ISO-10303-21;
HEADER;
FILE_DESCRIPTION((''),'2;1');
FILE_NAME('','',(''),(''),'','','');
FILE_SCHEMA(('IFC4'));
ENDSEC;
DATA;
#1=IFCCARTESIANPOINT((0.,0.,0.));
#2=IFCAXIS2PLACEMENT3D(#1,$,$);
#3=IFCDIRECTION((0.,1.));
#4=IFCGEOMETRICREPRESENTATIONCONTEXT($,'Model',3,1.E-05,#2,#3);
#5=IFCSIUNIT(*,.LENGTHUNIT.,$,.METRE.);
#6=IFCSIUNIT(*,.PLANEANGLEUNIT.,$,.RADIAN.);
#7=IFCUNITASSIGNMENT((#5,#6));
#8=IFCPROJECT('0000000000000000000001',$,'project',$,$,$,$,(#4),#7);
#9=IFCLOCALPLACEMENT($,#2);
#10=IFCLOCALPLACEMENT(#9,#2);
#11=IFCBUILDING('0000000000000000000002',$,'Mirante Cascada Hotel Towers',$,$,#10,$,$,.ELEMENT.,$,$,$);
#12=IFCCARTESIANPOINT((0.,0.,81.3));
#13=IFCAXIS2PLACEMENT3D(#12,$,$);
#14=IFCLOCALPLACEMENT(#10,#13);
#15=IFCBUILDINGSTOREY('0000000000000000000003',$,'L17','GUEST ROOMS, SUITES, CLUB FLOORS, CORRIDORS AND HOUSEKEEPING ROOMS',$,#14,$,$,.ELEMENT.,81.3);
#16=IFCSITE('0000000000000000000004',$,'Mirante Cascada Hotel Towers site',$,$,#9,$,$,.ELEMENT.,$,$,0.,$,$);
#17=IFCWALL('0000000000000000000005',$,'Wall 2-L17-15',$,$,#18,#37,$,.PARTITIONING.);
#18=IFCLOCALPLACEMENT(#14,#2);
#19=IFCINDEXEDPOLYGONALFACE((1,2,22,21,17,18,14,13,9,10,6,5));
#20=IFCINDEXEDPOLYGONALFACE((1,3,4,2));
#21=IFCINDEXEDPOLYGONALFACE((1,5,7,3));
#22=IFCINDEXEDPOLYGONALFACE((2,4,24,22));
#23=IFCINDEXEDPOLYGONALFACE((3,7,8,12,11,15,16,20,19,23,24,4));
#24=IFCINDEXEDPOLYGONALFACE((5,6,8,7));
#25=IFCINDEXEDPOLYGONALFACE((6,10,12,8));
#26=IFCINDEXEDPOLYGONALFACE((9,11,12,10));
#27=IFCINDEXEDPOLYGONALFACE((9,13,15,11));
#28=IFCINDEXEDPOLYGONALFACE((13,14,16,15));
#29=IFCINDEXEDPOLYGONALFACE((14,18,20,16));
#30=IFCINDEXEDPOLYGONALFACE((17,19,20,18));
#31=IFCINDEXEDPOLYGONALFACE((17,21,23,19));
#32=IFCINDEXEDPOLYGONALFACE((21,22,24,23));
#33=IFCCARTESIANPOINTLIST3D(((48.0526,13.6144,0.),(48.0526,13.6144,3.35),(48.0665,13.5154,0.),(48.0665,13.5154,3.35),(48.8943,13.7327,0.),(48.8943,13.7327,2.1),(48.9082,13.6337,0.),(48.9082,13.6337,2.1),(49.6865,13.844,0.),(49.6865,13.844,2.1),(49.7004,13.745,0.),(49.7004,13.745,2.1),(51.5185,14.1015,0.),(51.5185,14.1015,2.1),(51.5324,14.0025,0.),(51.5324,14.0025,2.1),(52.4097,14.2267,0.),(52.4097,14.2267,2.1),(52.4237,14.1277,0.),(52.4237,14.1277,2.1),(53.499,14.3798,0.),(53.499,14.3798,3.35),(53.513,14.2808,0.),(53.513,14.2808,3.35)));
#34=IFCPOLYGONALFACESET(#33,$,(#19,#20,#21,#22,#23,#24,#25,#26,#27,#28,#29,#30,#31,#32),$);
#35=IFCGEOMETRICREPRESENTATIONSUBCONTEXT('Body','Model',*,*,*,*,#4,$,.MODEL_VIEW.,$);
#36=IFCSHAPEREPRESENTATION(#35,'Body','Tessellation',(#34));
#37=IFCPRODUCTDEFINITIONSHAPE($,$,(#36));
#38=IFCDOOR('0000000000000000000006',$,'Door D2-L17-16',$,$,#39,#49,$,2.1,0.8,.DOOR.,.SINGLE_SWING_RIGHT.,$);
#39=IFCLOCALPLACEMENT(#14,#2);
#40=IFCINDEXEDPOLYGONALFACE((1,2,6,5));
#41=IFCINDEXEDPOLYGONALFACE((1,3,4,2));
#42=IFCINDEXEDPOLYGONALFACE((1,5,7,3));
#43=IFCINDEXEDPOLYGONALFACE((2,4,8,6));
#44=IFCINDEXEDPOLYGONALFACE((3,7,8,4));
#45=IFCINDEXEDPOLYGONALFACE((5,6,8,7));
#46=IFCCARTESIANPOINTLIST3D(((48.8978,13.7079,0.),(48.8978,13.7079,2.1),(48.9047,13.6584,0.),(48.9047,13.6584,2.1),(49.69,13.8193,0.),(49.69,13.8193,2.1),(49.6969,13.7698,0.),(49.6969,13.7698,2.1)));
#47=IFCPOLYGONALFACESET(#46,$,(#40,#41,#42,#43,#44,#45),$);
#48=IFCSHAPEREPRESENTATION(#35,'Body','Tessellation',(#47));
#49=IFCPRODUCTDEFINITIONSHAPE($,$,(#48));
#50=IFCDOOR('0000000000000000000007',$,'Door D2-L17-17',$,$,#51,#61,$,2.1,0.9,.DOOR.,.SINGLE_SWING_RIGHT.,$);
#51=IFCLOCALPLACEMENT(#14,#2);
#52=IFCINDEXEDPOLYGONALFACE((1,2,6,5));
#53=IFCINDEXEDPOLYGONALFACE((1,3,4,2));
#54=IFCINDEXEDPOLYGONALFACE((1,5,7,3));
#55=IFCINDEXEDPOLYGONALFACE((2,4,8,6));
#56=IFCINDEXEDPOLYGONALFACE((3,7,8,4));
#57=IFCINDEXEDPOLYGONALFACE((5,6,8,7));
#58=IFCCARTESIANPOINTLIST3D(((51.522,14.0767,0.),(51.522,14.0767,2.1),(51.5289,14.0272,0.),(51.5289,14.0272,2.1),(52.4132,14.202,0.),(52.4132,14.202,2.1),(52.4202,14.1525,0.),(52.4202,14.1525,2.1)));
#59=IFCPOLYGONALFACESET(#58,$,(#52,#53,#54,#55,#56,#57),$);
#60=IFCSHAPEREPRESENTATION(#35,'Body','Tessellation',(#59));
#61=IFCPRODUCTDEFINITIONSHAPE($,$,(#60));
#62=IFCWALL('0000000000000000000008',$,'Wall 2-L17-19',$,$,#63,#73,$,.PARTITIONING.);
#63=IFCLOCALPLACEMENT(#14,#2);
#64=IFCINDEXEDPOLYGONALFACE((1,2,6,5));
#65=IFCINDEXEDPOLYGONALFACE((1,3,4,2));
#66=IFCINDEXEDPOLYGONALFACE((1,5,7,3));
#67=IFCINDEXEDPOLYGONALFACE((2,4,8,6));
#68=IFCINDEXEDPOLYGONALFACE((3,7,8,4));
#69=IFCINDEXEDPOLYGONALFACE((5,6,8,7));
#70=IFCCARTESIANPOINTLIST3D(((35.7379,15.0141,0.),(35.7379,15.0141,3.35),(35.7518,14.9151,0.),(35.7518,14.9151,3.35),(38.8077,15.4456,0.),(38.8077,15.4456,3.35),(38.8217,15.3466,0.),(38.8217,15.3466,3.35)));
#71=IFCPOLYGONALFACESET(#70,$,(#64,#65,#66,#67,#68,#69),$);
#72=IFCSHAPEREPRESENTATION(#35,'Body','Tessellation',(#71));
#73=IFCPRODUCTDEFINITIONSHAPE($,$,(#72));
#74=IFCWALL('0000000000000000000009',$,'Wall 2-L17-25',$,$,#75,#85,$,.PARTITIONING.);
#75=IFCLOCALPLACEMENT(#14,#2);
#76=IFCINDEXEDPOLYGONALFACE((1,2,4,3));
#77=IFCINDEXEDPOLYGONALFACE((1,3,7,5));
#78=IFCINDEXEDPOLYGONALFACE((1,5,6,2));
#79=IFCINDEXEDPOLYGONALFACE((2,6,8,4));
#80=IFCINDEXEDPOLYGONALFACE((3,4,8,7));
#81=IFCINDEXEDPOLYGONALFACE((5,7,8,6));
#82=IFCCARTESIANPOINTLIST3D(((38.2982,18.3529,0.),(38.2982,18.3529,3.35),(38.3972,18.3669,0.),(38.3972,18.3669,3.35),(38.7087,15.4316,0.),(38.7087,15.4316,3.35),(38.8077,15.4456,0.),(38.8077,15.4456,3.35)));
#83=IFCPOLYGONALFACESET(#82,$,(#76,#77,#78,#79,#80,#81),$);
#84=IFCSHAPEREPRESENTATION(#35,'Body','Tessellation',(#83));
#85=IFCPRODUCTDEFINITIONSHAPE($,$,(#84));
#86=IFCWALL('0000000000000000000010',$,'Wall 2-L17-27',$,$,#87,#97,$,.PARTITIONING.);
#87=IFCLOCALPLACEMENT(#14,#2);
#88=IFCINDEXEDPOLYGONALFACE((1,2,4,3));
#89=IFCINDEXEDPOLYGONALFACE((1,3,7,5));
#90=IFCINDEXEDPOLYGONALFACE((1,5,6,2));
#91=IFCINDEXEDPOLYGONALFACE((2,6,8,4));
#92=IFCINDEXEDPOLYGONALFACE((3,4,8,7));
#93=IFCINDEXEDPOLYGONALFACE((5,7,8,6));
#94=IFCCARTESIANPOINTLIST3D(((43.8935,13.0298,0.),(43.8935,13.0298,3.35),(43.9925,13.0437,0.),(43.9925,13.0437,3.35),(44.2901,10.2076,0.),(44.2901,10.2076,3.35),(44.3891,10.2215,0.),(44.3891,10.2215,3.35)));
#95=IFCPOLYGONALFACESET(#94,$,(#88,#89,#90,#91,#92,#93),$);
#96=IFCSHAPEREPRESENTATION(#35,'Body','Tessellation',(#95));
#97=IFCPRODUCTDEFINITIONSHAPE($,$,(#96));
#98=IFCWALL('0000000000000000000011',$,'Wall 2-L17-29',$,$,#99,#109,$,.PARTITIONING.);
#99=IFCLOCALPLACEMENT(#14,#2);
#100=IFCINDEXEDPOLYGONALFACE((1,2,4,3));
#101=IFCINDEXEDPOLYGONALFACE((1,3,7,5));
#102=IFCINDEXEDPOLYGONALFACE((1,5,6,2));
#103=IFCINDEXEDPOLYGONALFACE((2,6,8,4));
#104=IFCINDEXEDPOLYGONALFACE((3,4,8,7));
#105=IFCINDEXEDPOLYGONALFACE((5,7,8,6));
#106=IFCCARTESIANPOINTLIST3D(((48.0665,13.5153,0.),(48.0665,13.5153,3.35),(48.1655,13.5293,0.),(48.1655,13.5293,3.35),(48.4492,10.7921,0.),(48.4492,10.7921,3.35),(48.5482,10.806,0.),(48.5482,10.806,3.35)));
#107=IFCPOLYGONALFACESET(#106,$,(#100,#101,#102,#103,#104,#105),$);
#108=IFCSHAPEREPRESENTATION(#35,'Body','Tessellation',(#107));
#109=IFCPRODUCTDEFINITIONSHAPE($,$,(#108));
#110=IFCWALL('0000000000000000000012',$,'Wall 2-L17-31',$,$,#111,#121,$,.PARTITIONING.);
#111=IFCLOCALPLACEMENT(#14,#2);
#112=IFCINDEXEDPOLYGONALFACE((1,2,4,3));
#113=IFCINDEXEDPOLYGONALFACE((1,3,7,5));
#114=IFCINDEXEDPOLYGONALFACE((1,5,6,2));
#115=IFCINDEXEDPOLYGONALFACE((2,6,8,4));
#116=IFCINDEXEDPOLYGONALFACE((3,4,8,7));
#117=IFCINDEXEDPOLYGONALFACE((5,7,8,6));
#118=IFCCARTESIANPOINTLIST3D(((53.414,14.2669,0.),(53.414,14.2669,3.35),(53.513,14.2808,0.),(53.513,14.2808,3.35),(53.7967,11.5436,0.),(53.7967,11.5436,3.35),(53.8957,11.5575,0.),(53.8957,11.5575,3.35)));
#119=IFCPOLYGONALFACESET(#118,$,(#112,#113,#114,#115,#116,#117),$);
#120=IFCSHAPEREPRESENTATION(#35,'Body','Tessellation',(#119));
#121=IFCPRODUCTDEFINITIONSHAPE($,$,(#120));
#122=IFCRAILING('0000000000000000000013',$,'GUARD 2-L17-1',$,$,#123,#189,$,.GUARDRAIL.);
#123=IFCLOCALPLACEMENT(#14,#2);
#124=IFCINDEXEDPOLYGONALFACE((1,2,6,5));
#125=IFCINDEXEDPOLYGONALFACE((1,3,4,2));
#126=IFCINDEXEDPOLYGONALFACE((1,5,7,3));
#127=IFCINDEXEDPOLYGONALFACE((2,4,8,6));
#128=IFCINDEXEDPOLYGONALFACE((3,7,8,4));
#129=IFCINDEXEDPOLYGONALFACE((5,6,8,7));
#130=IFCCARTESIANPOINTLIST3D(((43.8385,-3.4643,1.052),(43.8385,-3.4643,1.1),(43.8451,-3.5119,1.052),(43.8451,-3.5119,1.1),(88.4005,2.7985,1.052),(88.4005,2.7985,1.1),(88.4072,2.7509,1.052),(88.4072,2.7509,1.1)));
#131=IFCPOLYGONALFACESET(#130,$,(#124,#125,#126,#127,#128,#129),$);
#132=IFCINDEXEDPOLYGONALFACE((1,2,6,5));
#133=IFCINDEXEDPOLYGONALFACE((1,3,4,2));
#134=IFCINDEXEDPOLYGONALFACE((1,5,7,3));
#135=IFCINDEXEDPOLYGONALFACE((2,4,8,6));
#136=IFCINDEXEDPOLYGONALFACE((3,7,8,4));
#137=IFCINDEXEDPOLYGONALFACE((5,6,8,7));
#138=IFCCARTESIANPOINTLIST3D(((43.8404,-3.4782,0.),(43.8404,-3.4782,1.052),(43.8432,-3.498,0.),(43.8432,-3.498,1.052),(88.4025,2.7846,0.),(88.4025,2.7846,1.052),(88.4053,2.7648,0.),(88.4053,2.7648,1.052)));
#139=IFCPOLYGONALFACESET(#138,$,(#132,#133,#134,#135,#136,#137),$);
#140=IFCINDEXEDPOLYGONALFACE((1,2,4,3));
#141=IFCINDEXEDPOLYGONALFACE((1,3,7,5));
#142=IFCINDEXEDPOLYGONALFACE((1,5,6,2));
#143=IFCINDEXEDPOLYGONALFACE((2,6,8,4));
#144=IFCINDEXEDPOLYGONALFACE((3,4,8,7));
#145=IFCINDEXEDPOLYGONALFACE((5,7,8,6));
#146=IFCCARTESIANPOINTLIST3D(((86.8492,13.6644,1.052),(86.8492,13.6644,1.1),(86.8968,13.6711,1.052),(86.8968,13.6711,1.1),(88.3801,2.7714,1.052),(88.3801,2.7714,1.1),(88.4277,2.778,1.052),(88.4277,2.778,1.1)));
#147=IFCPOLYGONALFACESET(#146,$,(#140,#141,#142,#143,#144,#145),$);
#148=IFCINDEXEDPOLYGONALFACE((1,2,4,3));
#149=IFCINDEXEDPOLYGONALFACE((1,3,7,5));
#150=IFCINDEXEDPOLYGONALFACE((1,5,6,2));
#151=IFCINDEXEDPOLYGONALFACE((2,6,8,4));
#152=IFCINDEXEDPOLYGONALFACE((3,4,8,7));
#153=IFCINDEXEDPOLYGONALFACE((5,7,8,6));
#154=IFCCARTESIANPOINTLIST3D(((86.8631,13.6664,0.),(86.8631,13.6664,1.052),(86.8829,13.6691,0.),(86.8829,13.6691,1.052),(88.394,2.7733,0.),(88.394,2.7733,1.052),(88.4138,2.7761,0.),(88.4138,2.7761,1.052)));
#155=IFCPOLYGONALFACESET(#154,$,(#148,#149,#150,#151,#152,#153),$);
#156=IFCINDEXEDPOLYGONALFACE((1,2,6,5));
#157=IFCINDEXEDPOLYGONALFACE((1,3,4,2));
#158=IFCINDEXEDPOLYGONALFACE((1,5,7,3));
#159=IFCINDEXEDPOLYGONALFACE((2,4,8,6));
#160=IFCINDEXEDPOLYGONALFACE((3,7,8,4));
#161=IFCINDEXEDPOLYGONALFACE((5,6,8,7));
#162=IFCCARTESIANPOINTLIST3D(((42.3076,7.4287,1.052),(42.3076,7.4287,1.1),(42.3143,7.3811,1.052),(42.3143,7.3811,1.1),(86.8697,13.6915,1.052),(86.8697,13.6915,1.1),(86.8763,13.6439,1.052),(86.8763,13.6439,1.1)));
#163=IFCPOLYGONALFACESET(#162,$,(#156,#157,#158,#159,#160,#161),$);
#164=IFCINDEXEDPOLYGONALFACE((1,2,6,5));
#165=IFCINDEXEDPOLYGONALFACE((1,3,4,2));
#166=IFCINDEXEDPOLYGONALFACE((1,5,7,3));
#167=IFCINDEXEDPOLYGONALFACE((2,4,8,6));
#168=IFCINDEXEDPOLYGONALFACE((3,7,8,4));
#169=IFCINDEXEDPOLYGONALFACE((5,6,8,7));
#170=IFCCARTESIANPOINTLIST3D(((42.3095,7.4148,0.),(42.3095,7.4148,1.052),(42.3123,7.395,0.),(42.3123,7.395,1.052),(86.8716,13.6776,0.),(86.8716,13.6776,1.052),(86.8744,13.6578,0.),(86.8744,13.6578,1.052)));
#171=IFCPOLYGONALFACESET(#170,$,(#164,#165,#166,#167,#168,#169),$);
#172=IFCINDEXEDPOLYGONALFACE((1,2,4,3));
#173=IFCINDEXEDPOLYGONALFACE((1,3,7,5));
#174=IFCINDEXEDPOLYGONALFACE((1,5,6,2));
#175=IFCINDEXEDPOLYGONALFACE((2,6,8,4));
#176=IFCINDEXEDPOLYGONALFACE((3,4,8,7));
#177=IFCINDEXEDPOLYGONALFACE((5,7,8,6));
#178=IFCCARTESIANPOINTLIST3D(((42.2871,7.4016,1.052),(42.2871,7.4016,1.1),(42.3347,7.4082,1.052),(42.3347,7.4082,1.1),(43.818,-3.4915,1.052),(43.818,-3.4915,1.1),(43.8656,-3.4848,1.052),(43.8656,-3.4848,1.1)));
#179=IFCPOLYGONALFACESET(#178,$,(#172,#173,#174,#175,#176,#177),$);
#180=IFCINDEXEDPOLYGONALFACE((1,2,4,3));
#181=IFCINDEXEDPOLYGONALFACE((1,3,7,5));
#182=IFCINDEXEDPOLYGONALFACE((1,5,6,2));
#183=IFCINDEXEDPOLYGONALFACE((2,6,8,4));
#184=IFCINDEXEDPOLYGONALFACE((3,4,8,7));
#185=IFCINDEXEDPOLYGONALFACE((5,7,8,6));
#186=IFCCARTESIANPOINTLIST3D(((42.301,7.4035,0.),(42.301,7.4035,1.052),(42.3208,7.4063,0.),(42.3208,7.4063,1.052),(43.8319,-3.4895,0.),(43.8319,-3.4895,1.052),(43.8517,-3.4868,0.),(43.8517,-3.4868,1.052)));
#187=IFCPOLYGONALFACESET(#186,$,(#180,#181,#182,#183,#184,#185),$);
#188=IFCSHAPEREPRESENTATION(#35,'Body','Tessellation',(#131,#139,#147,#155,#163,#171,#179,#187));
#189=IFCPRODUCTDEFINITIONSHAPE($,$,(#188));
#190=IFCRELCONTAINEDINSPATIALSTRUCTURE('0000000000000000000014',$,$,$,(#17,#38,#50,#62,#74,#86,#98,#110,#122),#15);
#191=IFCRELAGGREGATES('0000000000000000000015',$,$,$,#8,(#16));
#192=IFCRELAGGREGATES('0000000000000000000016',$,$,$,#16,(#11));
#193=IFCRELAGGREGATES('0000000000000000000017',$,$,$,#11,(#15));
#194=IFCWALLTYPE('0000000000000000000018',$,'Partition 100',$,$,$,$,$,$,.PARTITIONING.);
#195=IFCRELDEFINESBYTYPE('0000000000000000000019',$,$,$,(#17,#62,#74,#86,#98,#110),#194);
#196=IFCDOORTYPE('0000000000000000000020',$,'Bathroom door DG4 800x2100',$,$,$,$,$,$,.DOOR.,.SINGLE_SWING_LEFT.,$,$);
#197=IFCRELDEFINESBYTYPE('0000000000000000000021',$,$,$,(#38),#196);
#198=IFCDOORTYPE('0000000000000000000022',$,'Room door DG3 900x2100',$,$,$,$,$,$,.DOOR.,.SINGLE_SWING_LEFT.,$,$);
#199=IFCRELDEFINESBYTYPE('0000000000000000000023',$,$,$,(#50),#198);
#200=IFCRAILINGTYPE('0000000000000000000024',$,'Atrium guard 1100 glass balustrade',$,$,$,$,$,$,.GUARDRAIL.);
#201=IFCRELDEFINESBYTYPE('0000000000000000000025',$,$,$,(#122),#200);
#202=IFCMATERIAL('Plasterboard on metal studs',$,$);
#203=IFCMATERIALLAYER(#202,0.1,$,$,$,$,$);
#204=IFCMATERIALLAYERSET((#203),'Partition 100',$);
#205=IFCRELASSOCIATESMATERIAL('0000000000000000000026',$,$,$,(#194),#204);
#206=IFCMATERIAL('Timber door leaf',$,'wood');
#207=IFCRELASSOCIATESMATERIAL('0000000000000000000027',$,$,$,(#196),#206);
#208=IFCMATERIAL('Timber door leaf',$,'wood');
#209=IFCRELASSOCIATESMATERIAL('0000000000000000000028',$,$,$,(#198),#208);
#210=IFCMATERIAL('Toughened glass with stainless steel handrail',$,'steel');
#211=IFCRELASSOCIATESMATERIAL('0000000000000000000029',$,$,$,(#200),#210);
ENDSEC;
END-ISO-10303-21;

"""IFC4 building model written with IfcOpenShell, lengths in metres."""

from ifc_helpers import new_model, si_unit, direction, frame, frame_2d, origin, origin_2d, place, context, subcontext, project, spatial, rectangle, extrude, material, layer, layer_set, type_object, element, fill, save


model = new_model("IFC4")

# Units and contexts
model_context = context("Model", 3, precision=1e-05, world=origin(), true_north=direction((0.0, 1.0)))
body_context = subcontext(model_context, "Body", "Model", "MODEL_VIEW")
ifc_project = project(units=[si_unit("LENGTHUNIT", "METRE"), si_unit("PLANEANGLEUNIT", "RADIAN")], contexts=[model_context])

# Site, building, storey
site_placement = place(None, origin())
site = spatial("IfcSite", under=ifc_project, at=site_placement, Name="Mirante Cascada Hotel Towers site", CompositionType="ELEMENT", RefElevation=0.0)
building_placement = place(site_placement, origin())
building = spatial("IfcBuilding", under=site, at=building_placement, Name="Mirante Cascada Hotel Towers", CompositionType="ELEMENT")
storey_placement = place(building_placement, frame((0.0, 0.0, 81.3)))
storey = spatial("IfcBuildingStorey", under=building, at=storey_placement, Name="L17", Description="GUEST ROOMS, SUITES, CLUB FLOORS, CORRIDORS AND HOUSEKEEPING ROOMS", CompositionType="ELEMENT", Elevation=81.3)

# Shared definitions
ifc_material_1 = material(Name="Plasterboard on metal studs")
ifc_layer_1 = layer(ifc_material_1, 0.1)
ifc_layer_set_1 = layer_set([ifc_layer_1], Name="Partition 100")
wall_type_1 = type_object("IfcWallType", Name="Partition 100", PredefinedType="PARTITIONING", material=ifc_layer_set_1)
ifc_material_2 = material(Name="Timber door leaf", Category="wood")
door_type_1 = type_object("IfcDoorType", Name="Bathroom door DG4 800x2100", OperationType="SINGLE_SWING_LEFT", PredefinedType="DOOR", material=ifc_material_2)

# Wall, openings, doors
wall_1_placement = place(storey_placement, frame((53.506, 14.3303, 0.0), z_axis=(0.0, 0.0, 1.0), x_axis=(-0.99027, -0.139163, 0.0)))
wall_1 = element("IfcWall", 1, at=wall_1_placement, inside=storey, type_object=wall_type_1, Name="Wall 2-L17-15", PredefinedType="PARTITIONING", context=body_context, shape_type="SweptSolid", body=[
    extrude(rectangle(XDim=5.5, YDim=0.1, at=frame_2d((2.75, 0.0))), origin(), (0.0, 0.0, 1.0), 3.35),
])
opening_1_placement = place(wall_1_placement, frame((3.85, 0.0, 0.0)))
opening_1 = element("IfcOpeningElement", 2, at=opening_1_placement, cuts=wall_1, PredefinedType="OPENING", context=body_context, shape_type="SweptSolid", body=[
    extrude(rectangle(XDim=0.8, YDim=2.1, at=frame_2d((0.4, 1.05))), frame((0.0, 0.05, 0.0), z_axis=(0.0, -1.0, 0.0), x_axis=(1.0, 0.0, 0.0)), (0.0, 0.0, 1.0), 0.1),
])
opening_2_placement = place(wall_1_placement, frame((1.1, 0.0, 0.0)))
opening_2 = element("IfcOpeningElement", 3, at=opening_2_placement, cuts=wall_1, PredefinedType="OPENING", context=body_context, shape_type="SweptSolid", body=[
    extrude(rectangle(XDim=0.9, YDim=2.1, at=frame_2d((0.45, 1.05))), frame((0.0, 0.05, 0.0), z_axis=(0.0, -1.0, 0.0), x_axis=(1.0, 0.0, 0.0)), (0.0, 0.0, 1.0), 0.1),
])
door_1_placement = place(opening_1_placement, frame((0.8, 0.0, 0.0), z_axis=(0.0, 0.0, 1.0), x_axis=(-1.0, 0.0, 0.0)))
door_1 = element("IfcDoor", 4, at=door_1_placement, inside=storey, type_object=door_type_1, Name="Door D2-L17-16", OperationType="SINGLE_SWING_RIGHT", OverallHeight=2.1, OverallWidth=0.8, PredefinedType="DOOR", context=body_context, shape_type="SweptSolid", body=[
    extrude(rectangle(XDim=0.8, YDim=2.1, at=frame_2d((0.4, 1.05))), frame((0.0, 0.025, 0.0), z_axis=(0.0, -1.0, 0.0), x_axis=(1.0, 0.0, 0.0)), (0.0, 0.0, 1.0), 0.05),
])
fill(opening_1, door_1)
ifc_material_3 = material(Name="Timber door leaf", Category="wood")
door_type_2 = type_object("IfcDoorType", Name="Room door DG3 900x2100", OperationType="SINGLE_SWING_LEFT", PredefinedType="DOOR", material=ifc_material_3)
door_2_placement = place(opening_2_placement, frame((0.9, 0.0, 0.0), z_axis=(0.0, 0.0, 1.0), x_axis=(-1.0, 0.0, 0.0)))
door_2 = element("IfcDoor", 5, at=door_2_placement, inside=storey, type_object=door_type_2, Name="Door D2-L17-17", OperationType="SINGLE_SWING_RIGHT", OverallHeight=2.1, OverallWidth=0.9, PredefinedType="DOOR", context=body_context, shape_type="SweptSolid", body=[
    extrude(rectangle(XDim=0.9, YDim=2.1, at=frame_2d((0.45, 1.05))), frame((0.0, 0.025, 0.0), z_axis=(0.0, -1.0, 0.0), x_axis=(1.0, 0.0, 0.0)), (0.0, 0.0, 1.0), 0.05),
])
fill(opening_2, door_2)

# Walls
wall_2_placement = place(storey_placement, frame((38.8147, 15.3961, 0.0), z_axis=(0.0, 0.0, 1.0), x_axis=(-0.990265, -0.139194, 0.0)))
element("IfcWall", 6, at=wall_2_placement, inside=storey, type_object=wall_type_1, Name="Wall 2-L17-19", PredefinedType="PARTITIONING", context=body_context, shape_type="SweptSolid", body=[
    extrude(rectangle(XDim=3.1, YDim=0.1, at=frame_2d((1.55, 0.0))), origin(), (0.0, 0.0, 1.0), 3.35),
])
wall_3_placement = place(storey_placement, frame((38.3477, 18.3599, 0.0), z_axis=(0.0, 0.0, 1.0), x_axis=(0.139153, -0.990271, 0.0)))
element("IfcWall", 7, at=wall_3_placement, inside=storey, type_object=wall_type_1, Name="Wall 2-L17-25", PredefinedType="PARTITIONING", context=body_context, shape_type="SweptSolid", body=[
    extrude(rectangle(XDim=2.95, YDim=0.1, at=frame_2d((1.475, 0.0))), origin(), (0.0, 0.0, 1.0), 3.35),
])
wall_4_placement = place(storey_placement, frame((43.943, 13.0368, 0.0), z_axis=(0.0, 0.0, 1.0), x_axis=(0.139161, -0.99027, 0.0)))
element("IfcWall", 8, at=wall_4_placement, inside=storey, type_object=wall_type_1, Name="Wall 2-L17-27", PredefinedType="PARTITIONING", context=body_context, shape_type="SweptSolid", body=[
    extrude(rectangle(XDim=2.8499, YDim=0.1, at=frame_2d((1.425, 0.0))), origin(), (0.0, 0.0, 1.0), 3.35),
])
wall_5_placement = place(storey_placement, frame((48.116, 13.5223, 0.0), z_axis=(0.0, 0.0, 1.0), x_axis=(0.139166, -0.990269, 0.0)))
element("IfcWall", 9, at=wall_5_placement, inside=storey, type_object=wall_type_1, Name="Wall 2-L17-29", PredefinedType="PARTITIONING", context=body_context, shape_type="SweptSolid", body=[
    extrude(rectangle(XDim=2.75, YDim=0.1, at=frame_2d((1.375, 0.0))), origin(), (0.0, 0.0, 1.0), 3.35),
])
wall_6_placement = place(storey_placement, frame((53.4635, 14.2739, 0.0), z_axis=(0.0, 0.0, 1.0), x_axis=(0.139161, -0.99027, 0.0)))
element("IfcWall", 10, at=wall_6_placement, inside=storey, type_object=wall_type_1, Name="Wall 2-L17-31", PredefinedType="PARTITIONING", context=body_context, shape_type="SweptSolid", body=[
    extrude(rectangle(XDim=2.7501, YDim=0.1, at=frame_2d((1.3751, 0.0))), origin(), (0.0, 0.0, 1.0), 3.35),
])

# Railing
ifc_material_4 = material(Name="Toughened glass with stainless steel handrail", Category="steel")
railing_type = type_object("IfcRailingType", Name="Atrium guard 1100 glass balustrade", PredefinedType="GUARDRAIL", material=ifc_material_4)
railing_placement = place(storey_placement, frame((43.8418, -3.4881, 0.0)))
element("IfcRailing", 11, at=railing_placement, inside=storey, type_object=railing_type, Name="GUARD 2-L17-1", PredefinedType="GUARDRAIL", context=body_context, shape_type="SweptSolid", body=[
    extrude(rectangle(XDim=0.048, YDim=0.048, at=origin_2d()), frame((0.0, 0.0, 1.076), z_axis=(0.990268, 0.139173, 0.0), x_axis=(-0.139173, 0.990268, 0.0)), (0.0, 0.0, 1.0), 45.0),
    extrude(rectangle(XDim=0.02, YDim=1.052, at=origin_2d()), frame((0.0, 0.0, 0.526), z_axis=(0.990268, 0.139173, 0.0), x_axis=(-0.139173, 0.990268, 0.0)), (0.0, 0.0, 1.0), 45.0),
    extrude(rectangle(XDim=0.048, YDim=0.048, at=origin_2d()), frame((44.5621, 6.2628, 1.076), z_axis=(-0.139172, 0.990268, 0.0), x_axis=(-0.990268, -0.139172, 0.0)), (0.0, 0.0, 1.0), 11.0001),
    extrude(rectangle(XDim=0.02, YDim=1.052, at=origin_2d()), frame((44.5621, 6.2628, 0.526), z_axis=(-0.139172, 0.990268, 0.0), x_axis=(-0.990268, -0.139172, 0.0)), (0.0, 0.0, 1.0), 11.0001),
    extrude(rectangle(XDim=0.048, YDim=0.048, at=origin_2d()), frame((43.0312, 17.1558, 1.076), z_axis=(-0.990268, -0.139173, 0.0), x_axis=(0.139173, -0.990268, 0.0)), (0.0, 0.0, 1.0), 45.0),
    extrude(rectangle(XDim=0.02, YDim=1.052, at=origin_2d()), frame((43.0312, 17.1558, 0.526), z_axis=(-0.990268, -0.139173, 0.0), x_axis=(0.139173, -0.990268, 0.0)), (0.0, 0.0, 1.0), 45.0),
    extrude(rectangle(XDim=0.048, YDim=0.048, at=origin_2d()), frame((-1.5309, 10.893, 1.076), z_axis=(0.139172, -0.990268, 0.0), x_axis=(0.990268, 0.139172, 0.0)), (0.0, 0.0, 1.0), 11.0001),
    extrude(rectangle(XDim=0.02, YDim=1.052, at=origin_2d()), frame((-1.5309, 10.893, 0.526), z_axis=(0.139172, -0.990268, 0.0), x_axis=(0.990268, 0.139172, 0.0)), (0.0, 0.0, 1.0), 11.0001),
])

save(model, "model.ifc")
